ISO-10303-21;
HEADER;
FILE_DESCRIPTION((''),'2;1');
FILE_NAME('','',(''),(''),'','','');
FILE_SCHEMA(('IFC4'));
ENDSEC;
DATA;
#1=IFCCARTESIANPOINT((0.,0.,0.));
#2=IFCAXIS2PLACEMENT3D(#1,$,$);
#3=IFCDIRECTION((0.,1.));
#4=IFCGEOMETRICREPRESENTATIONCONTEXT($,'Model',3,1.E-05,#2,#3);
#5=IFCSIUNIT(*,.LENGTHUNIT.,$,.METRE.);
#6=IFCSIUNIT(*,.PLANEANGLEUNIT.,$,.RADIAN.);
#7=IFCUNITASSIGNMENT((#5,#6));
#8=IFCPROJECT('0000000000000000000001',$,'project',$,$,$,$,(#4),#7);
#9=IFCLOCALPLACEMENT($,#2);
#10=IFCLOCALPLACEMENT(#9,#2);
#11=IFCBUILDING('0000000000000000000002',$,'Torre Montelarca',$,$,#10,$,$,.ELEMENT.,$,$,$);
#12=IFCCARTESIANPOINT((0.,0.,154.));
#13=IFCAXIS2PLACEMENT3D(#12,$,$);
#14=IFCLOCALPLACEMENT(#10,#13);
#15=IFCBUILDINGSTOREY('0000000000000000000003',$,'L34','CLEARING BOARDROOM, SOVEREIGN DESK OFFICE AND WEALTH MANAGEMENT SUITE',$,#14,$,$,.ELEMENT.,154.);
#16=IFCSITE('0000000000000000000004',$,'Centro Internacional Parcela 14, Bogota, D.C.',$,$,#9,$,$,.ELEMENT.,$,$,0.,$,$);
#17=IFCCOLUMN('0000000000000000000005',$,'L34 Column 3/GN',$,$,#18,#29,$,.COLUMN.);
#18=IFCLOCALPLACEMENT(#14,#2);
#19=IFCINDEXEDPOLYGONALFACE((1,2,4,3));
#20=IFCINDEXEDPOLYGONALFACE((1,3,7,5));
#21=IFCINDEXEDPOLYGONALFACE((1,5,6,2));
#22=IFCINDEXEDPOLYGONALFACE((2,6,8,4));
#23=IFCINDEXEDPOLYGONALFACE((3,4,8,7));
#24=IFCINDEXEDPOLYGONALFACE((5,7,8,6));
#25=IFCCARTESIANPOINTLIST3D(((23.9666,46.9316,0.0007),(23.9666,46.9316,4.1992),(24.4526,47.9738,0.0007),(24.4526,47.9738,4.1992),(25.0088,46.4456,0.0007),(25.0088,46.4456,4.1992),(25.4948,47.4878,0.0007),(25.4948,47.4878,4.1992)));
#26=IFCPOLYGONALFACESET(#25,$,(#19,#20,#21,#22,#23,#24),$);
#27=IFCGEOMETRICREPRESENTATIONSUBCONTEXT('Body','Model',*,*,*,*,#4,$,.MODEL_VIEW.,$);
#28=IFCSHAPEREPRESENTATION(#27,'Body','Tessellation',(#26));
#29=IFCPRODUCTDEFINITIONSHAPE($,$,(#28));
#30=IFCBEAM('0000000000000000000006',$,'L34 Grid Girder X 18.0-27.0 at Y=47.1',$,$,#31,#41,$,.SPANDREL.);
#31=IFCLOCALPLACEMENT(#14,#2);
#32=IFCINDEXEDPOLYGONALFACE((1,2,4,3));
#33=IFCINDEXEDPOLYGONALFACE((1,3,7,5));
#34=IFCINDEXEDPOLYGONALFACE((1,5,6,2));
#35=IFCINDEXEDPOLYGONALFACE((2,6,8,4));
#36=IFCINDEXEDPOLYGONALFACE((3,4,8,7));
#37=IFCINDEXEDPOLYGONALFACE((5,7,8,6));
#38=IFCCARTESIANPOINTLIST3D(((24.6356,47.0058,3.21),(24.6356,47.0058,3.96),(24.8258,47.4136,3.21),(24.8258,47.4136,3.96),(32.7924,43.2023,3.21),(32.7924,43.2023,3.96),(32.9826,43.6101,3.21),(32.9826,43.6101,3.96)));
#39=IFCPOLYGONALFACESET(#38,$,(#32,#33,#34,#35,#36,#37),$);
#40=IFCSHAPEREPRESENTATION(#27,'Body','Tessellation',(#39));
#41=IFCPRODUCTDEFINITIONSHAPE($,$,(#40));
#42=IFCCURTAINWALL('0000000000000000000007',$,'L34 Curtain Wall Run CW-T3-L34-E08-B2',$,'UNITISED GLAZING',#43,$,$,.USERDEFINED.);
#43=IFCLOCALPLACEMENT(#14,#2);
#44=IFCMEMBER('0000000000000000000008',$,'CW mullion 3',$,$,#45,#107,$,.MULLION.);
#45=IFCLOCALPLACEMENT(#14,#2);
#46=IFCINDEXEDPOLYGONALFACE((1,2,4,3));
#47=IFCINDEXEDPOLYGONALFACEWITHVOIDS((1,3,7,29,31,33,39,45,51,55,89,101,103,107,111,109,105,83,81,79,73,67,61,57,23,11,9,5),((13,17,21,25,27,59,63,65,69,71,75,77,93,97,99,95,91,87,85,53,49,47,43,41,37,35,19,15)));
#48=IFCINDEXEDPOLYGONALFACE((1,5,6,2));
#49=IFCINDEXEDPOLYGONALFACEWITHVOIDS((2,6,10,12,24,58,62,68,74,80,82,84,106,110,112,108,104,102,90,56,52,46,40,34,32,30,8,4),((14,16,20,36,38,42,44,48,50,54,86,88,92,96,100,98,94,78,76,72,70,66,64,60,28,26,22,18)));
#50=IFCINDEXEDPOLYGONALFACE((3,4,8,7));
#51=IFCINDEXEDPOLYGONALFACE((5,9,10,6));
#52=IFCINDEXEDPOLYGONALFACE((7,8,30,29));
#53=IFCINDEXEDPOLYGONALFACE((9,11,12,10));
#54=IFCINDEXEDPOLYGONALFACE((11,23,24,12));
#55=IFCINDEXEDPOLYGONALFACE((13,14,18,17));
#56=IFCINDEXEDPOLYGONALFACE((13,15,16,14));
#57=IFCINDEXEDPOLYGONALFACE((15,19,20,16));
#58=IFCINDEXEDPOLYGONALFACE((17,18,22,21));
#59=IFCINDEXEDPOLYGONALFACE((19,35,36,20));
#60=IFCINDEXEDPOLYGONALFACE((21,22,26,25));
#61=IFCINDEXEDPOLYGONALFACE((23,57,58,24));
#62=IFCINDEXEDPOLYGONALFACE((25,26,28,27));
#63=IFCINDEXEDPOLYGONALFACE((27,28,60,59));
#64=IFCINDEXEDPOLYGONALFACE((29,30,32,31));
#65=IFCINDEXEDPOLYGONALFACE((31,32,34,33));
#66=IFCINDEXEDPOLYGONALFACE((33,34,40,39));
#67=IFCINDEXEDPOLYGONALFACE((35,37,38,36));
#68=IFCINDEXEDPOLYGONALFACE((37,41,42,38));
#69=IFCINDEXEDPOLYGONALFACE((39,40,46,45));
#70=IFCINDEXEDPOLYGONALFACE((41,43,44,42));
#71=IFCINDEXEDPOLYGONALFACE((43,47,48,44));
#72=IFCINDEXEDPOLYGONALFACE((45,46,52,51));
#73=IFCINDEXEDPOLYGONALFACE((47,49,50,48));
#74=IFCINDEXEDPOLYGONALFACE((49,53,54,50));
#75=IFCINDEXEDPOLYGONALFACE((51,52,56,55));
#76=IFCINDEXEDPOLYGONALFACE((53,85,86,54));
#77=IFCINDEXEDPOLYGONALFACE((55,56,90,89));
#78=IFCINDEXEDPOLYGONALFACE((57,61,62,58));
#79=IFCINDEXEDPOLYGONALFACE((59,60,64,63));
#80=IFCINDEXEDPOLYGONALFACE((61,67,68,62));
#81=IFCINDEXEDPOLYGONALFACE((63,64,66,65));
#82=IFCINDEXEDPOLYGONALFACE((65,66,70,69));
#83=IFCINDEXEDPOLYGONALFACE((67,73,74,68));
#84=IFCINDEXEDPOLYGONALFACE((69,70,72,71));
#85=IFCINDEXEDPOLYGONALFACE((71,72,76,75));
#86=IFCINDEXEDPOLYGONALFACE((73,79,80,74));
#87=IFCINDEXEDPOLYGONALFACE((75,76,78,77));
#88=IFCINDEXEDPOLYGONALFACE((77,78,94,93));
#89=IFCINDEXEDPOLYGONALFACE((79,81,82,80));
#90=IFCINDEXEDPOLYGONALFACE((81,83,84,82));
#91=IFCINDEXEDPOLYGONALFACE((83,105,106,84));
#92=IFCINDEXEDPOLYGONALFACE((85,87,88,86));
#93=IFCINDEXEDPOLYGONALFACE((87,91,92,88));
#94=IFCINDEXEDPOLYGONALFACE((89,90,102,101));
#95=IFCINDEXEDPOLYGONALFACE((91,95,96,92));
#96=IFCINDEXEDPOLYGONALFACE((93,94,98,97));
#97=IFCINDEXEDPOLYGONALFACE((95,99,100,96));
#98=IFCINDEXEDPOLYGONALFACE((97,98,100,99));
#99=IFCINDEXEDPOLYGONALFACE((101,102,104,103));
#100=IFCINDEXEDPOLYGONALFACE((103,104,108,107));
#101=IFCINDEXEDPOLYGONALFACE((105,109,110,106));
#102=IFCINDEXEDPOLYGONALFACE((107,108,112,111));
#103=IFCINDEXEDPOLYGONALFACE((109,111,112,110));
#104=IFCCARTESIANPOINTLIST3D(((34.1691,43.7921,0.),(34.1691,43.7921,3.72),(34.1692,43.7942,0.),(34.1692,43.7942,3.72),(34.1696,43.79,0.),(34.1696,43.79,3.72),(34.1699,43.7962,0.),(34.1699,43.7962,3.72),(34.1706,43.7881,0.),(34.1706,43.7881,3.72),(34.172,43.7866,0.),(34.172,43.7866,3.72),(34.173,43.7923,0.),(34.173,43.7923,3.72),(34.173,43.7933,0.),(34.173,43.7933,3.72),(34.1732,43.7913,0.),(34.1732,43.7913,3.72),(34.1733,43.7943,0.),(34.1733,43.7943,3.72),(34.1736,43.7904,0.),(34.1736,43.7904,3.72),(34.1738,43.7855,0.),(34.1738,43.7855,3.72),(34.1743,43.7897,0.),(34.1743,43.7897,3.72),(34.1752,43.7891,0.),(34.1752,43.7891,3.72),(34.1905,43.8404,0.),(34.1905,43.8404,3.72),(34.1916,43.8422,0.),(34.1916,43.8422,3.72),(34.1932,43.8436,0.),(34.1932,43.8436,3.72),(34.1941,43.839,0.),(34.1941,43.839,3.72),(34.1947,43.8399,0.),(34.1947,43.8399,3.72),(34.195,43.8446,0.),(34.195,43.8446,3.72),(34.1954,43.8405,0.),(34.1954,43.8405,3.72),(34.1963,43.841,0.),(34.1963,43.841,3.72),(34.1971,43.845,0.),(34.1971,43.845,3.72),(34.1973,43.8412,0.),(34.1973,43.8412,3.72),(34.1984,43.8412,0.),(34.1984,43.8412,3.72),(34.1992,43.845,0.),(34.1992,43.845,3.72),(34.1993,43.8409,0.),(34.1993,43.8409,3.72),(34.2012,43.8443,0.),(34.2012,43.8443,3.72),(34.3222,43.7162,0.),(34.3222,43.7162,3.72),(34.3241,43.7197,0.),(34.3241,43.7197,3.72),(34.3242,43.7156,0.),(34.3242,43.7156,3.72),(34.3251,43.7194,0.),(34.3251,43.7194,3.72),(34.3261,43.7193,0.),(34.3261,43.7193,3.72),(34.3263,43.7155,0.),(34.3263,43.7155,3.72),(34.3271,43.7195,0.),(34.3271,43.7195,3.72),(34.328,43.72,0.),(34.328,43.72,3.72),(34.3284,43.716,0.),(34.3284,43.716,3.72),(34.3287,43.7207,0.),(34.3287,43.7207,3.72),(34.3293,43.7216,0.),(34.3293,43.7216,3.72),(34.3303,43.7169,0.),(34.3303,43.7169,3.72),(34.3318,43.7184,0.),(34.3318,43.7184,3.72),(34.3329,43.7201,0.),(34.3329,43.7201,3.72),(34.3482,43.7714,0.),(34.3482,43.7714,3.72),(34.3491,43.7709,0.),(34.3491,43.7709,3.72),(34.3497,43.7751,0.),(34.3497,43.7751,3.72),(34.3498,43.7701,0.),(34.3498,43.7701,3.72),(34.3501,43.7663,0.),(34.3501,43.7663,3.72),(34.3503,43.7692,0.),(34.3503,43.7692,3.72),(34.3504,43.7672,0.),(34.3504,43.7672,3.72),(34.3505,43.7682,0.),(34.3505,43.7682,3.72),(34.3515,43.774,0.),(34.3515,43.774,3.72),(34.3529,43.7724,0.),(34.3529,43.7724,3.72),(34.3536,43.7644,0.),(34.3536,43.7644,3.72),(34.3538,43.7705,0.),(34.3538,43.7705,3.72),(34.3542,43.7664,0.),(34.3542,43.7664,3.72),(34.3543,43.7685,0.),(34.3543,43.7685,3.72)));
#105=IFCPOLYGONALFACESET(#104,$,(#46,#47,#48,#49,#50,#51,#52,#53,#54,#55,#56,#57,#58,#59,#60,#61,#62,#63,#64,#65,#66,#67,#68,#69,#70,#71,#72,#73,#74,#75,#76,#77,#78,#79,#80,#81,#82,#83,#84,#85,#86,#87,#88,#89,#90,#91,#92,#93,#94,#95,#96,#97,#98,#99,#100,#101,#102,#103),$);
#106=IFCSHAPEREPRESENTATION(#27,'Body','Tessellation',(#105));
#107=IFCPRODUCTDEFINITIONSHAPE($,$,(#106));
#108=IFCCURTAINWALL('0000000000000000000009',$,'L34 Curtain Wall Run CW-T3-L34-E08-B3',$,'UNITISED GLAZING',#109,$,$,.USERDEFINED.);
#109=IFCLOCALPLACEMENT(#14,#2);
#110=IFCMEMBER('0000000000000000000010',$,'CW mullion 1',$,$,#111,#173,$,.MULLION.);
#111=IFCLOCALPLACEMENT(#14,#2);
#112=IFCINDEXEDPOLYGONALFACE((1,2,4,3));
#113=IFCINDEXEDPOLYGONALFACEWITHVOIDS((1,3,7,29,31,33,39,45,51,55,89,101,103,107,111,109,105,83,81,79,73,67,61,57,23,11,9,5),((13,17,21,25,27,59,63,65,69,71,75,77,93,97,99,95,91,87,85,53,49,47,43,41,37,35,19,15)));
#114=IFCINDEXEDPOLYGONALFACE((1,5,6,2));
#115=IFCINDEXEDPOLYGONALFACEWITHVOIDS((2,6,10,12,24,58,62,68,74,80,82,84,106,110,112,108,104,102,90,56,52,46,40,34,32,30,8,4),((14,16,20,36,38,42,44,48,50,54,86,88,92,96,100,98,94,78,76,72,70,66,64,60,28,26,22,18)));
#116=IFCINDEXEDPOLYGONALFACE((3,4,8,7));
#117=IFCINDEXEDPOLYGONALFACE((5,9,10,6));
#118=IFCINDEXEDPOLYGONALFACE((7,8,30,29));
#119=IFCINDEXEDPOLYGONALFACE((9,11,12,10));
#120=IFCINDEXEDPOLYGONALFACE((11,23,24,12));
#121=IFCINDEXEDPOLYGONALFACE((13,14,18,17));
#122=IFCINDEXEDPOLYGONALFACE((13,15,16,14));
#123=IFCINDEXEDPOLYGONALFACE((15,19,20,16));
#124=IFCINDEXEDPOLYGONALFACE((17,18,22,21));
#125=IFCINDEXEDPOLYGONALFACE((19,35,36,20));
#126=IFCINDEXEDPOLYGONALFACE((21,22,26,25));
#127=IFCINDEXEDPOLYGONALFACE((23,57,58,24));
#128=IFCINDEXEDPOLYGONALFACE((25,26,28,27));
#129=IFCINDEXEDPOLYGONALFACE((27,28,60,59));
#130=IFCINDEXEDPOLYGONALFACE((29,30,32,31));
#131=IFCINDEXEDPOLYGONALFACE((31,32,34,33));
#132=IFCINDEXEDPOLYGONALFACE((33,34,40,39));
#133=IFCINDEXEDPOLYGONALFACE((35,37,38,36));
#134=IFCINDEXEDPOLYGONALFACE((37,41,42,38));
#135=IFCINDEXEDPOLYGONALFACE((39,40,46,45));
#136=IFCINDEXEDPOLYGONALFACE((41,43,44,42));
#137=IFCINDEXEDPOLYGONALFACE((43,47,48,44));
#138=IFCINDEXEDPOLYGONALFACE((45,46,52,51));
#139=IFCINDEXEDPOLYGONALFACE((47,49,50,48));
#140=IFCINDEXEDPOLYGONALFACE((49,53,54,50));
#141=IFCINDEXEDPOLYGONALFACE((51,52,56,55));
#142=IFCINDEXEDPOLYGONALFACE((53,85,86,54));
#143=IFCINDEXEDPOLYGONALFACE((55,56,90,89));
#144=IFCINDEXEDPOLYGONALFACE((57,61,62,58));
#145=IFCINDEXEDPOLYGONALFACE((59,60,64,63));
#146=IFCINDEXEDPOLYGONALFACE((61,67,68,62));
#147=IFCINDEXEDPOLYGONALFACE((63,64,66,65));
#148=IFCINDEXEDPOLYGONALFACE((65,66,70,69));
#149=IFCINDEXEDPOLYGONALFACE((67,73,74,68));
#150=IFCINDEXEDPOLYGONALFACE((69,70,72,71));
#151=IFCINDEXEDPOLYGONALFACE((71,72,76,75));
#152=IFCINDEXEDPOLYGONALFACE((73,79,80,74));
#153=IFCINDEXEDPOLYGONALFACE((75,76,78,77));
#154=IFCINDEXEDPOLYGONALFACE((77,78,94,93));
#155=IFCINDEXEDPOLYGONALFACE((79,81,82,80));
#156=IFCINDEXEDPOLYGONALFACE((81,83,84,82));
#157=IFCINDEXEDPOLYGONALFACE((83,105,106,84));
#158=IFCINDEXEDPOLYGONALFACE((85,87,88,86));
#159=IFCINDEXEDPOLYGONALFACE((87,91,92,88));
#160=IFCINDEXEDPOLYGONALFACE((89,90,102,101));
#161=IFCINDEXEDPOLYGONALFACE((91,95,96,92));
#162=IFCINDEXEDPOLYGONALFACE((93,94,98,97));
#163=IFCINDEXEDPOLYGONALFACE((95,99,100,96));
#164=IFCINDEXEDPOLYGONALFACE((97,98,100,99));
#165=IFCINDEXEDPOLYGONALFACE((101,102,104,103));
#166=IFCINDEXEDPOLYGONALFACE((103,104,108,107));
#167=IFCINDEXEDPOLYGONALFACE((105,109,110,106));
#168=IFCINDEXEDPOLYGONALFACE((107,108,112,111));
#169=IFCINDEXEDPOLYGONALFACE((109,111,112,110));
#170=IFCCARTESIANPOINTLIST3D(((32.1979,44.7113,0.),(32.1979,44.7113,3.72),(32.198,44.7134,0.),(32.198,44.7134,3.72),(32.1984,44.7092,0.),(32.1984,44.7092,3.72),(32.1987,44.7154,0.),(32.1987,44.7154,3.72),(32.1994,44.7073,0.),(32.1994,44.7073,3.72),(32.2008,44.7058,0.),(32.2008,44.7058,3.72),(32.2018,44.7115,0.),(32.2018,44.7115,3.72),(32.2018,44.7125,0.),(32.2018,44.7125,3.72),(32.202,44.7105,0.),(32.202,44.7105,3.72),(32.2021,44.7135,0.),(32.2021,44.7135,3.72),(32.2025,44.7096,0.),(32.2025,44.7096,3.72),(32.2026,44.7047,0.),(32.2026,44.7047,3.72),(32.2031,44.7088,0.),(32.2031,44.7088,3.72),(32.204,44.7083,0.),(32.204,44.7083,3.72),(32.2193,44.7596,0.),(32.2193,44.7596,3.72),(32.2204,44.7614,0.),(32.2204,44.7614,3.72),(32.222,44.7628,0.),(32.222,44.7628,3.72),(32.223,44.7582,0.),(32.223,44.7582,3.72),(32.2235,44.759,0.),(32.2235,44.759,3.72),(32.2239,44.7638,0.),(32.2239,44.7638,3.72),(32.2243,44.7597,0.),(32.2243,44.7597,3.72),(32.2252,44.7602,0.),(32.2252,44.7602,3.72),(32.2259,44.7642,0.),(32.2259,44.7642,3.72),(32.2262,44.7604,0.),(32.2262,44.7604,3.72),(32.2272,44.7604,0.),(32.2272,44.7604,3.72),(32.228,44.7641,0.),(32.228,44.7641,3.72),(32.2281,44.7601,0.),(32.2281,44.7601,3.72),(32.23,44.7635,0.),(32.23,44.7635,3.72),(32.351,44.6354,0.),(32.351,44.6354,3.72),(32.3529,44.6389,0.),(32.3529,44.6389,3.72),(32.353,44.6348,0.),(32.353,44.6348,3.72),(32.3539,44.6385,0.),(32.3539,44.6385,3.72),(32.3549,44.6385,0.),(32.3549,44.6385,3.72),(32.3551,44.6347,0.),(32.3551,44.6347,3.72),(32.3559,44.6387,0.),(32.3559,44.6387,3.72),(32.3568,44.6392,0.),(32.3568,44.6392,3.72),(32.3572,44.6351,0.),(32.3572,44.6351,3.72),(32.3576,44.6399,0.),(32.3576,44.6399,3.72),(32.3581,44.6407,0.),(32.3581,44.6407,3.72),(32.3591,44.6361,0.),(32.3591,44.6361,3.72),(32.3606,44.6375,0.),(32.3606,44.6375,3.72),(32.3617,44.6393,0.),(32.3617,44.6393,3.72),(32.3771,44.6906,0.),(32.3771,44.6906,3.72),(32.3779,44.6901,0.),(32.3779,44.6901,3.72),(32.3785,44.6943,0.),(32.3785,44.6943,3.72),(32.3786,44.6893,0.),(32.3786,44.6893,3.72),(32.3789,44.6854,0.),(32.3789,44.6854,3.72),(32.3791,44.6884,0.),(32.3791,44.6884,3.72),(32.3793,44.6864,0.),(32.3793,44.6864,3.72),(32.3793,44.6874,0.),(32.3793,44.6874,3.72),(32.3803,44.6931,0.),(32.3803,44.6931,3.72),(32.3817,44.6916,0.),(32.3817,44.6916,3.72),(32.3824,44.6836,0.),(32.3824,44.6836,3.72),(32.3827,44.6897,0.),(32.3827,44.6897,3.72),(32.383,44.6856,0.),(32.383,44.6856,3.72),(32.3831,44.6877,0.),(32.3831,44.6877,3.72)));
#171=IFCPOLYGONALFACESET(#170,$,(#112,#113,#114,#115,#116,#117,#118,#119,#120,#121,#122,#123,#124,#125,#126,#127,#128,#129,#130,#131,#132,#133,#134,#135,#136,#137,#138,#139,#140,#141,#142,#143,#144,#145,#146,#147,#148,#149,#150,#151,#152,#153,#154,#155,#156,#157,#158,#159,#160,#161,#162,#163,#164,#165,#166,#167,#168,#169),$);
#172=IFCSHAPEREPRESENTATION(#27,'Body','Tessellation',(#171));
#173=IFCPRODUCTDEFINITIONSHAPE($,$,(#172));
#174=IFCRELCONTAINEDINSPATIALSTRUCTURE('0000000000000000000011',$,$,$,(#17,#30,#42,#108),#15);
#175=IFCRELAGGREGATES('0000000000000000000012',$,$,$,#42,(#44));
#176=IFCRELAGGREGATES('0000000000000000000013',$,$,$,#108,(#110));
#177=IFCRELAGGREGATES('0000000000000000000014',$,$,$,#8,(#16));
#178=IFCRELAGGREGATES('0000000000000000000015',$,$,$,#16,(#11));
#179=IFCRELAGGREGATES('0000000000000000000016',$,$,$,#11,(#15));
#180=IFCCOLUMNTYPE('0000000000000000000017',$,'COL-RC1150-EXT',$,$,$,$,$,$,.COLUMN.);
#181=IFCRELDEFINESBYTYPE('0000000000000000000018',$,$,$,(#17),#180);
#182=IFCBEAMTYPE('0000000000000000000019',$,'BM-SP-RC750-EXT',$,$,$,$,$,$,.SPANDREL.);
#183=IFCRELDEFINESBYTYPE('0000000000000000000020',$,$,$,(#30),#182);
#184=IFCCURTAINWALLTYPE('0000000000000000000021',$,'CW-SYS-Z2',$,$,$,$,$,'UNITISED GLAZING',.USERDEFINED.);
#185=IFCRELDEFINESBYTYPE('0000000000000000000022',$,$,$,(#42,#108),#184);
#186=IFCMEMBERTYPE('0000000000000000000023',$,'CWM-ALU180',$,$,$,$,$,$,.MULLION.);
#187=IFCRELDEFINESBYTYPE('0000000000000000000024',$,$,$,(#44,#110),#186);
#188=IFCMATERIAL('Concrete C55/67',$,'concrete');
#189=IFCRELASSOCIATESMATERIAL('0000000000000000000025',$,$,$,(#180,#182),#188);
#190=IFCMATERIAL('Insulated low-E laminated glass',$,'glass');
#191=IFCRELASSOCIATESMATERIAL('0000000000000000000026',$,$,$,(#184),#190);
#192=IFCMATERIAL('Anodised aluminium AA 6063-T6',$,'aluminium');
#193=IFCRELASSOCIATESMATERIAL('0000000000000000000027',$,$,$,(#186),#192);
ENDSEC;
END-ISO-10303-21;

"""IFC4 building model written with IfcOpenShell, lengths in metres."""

from ifc_helpers import new_model, si_unit, direction, frame, origin, origin_2d, place, context, subcontext, project, spatial, rectangle, hollow_rectangle, extrude, source, transform, mapped, material, material_profile, profile_set, type_object, element, aggregate, save


model = new_model("IFC4")

# Units and contexts
model_context = context("Model", 3, precision=1e-05, world=origin(), true_north=direction((0.0, 1.0)))
body_context = subcontext(model_context, "Body", "Model", "MODEL_VIEW")
ifc_project = project(units=[si_unit("LENGTHUNIT", "METRE"), si_unit("PLANEANGLEUNIT", "RADIAN")], contexts=[model_context])

# Site, building, storey
site_placement = place(None, origin())
site = spatial("IfcSite", under=ifc_project, at=site_placement, Name="Centro Internacional Parcela 14, Bogota, D.C.", CompositionType="ELEMENT", RefElevation=0.0)
building_placement = place(site_placement, origin())
building = spatial("IfcBuilding", under=site, at=building_placement, Name="Torre Montelarca", CompositionType="ELEMENT")
storey_placement = place(building_placement, frame((0.0, 0.0, 154.0)))
storey = spatial("IfcBuildingStorey", under=building, at=storey_placement, Name="L34", Description="CLEARING BOARDROOM, SOVEREIGN DESK OFFICE AND WEALTH MANAGEMENT SUITE", CompositionType="ELEMENT", Elevation=154.0)

# Column
ifc_material_1 = material(Name="Concrete C55/67", Category="concrete")
ifc_material_profile_1 = material_profile(ifc_material_1, rectangle(XDim=1.1499, YDim=1.1499, at=origin_2d()), Name="RC1150X1150", Category="concrete")
ifc_profile_set_1 = profile_set([ifc_material_profile_1], Name="Concrete C55/67")
column_type = type_object("IfcColumnType", Name="COL-RC1150-EXT", PredefinedType="COLUMN", material=ifc_profile_set_1)
shared_shape_1 = source(origin(), body_context, "Body", "SweptSolid", [
    extrude(rectangle(XDim=1.1499, YDim=1.1499, at=origin_2d()), origin(), (0.0, 0.0, 1.0), 4.1985),
])
column_placement = place(storey_placement, frame((24.7307, 47.2097, 0.0007), z_axis=(0.0, 0.0, 1.0), x_axis=(-0.906308, 0.422618, 0.0)))
element("IfcColumn", 1, at=column_placement, inside=storey, type_object=column_type, Name="L34 Column 3/GN", PredefinedType="COLUMN", context=body_context, shape_type="MappedRepresentation", body=[
    mapped(shared_shape_1, transform((0.0, 0.0, 0.0), scale=1.0)),
])

# Beam
ifc_material_profile_2 = material_profile(ifc_material_1, rectangle(XDim=0.45, YDim=0.75, at=origin_2d()), Name="RCB450X750", Category="concrete")
ifc_profile_set_2 = profile_set([ifc_material_profile_2], Name="Concrete C55/67")
beam_type = type_object("IfcBeamType", Name="BM-SP-RC750-EXT", PredefinedType="SPANDREL", material=ifc_profile_set_2)
shared_shape_2 = source(origin(), body_context, "Body", "SweptSolid", [
    extrude(rectangle(XDim=0.45, YDim=0.75, at=origin_2d()), origin(), (0.0, 0.0, 1.0), 9.0),
])
beam_placement = place(storey_placement, frame((24.7307, 47.2097, 3.585), z_axis=(0.906311, -0.422611, 0.0), x_axis=(0.422611, 0.906311, 0.0)))
element("IfcBeam", 2, at=beam_placement, inside=storey, type_object=beam_type, Name="L34 Grid Girder X 18.0-27.0 at Y=47.1", PredefinedType="SPANDREL", context=body_context, shape_type="MappedRepresentation", body=[
    mapped(shared_shape_2, transform((0.0, 0.0, 0.0), scale=1.0)),
])

# Curtain wall, member
ifc_material_2 = material(Name="Insulated low-E laminated glass", Category="glass")
curtain_wall_type = type_object("IfcCurtainWallType", Name="CW-SYS-Z2", ElementType="UNITISED GLAZING", PredefinedType="USERDEFINED", material=ifc_material_2)
curtain_wall_1_placement = place(storey_placement, origin())
curtain_wall_1 = element("IfcCurtainWall", 3, at=curtain_wall_1_placement, inside=storey, type_object=curtain_wall_type, Name="L34 Curtain Wall Run CW-T3-L34-E08-B2", ObjectType="UNITISED GLAZING", PredefinedType="USERDEFINED")
ifc_material_3 = material(Name="Anodised aluminium AA 6063-T6", Category="aluminium")
ifc_material_profile_3 = material_profile(ifc_material_3, hollow_rectangle(XDim=0.0649, YDim=0.1799, WallThickness=0.0039, InnerFilletRadius=0.0039, OuterFilletRadius=0.0081, at=origin_2d()), Name="ALU65X180X4", Category="aluminium")
ifc_profile_set_3 = profile_set([ifc_material_profile_3], Name="Anodised aluminium AA 6063-T6")
member_type_1 = type_object("IfcMemberType", Name="CWM-ALU180", PredefinedType="MULLION", material=ifc_profile_set_3)
shared_shape_3 = source(origin(), body_context, "Body", "SweptSolid", [
    extrude(hollow_rectangle(XDim=0.0649, YDim=0.1799, WallThickness=0.0039, InnerFilletRadius=0.0039, OuterFilletRadius=0.0081, at=origin_2d()), origin(), (0.0, 0.0, 1.0), 3.72),
])
member_1_placement = place(storey_placement, frame((34.2617, 43.7803, 0.0), z_axis=(0.0, 0.0, 1.0), x_axis=(-0.422611, -0.906311, 0.0)))
member_1 = element("IfcMember", 4, at=member_1_placement, type_object=member_type_1, Name="CW mullion 3", PredefinedType="MULLION", context=body_context, shape_type="MappedRepresentation", body=[
    mapped(shared_shape_3, transform((0.0, 0.0, 0.0), scale=1.0)),
])
aggregate(curtain_wall_1, [member_1])

# Curtain wall, member
curtain_wall_2_placement = place(storey_placement, origin())
curtain_wall_2 = element("IfcCurtainWall", 5, at=curtain_wall_2_placement, inside=storey, type_object=curtain_wall_type, Name="L34 Curtain Wall Run CW-T3-L34-E08-B3", ObjectType="UNITISED GLAZING", PredefinedType="USERDEFINED")
member_2_placement = place(storey_placement, frame((32.2905, 44.6995, 0.0), z_axis=(0.0, 0.0, 1.0), x_axis=(-0.422617, -0.906308, 0.0)))
member_2 = element("IfcMember", 6, at=member_2_placement, type_object=member_type_1, Name="CW mullion 1", PredefinedType="MULLION", context=body_context, shape_type="MappedRepresentation", body=[
    mapped(shared_shape_3, transform((0.0, 0.0, 0.0), scale=1.0)),
])

aggregate(curtain_wall_2, [member_2])

save(model, "model.ifc")
